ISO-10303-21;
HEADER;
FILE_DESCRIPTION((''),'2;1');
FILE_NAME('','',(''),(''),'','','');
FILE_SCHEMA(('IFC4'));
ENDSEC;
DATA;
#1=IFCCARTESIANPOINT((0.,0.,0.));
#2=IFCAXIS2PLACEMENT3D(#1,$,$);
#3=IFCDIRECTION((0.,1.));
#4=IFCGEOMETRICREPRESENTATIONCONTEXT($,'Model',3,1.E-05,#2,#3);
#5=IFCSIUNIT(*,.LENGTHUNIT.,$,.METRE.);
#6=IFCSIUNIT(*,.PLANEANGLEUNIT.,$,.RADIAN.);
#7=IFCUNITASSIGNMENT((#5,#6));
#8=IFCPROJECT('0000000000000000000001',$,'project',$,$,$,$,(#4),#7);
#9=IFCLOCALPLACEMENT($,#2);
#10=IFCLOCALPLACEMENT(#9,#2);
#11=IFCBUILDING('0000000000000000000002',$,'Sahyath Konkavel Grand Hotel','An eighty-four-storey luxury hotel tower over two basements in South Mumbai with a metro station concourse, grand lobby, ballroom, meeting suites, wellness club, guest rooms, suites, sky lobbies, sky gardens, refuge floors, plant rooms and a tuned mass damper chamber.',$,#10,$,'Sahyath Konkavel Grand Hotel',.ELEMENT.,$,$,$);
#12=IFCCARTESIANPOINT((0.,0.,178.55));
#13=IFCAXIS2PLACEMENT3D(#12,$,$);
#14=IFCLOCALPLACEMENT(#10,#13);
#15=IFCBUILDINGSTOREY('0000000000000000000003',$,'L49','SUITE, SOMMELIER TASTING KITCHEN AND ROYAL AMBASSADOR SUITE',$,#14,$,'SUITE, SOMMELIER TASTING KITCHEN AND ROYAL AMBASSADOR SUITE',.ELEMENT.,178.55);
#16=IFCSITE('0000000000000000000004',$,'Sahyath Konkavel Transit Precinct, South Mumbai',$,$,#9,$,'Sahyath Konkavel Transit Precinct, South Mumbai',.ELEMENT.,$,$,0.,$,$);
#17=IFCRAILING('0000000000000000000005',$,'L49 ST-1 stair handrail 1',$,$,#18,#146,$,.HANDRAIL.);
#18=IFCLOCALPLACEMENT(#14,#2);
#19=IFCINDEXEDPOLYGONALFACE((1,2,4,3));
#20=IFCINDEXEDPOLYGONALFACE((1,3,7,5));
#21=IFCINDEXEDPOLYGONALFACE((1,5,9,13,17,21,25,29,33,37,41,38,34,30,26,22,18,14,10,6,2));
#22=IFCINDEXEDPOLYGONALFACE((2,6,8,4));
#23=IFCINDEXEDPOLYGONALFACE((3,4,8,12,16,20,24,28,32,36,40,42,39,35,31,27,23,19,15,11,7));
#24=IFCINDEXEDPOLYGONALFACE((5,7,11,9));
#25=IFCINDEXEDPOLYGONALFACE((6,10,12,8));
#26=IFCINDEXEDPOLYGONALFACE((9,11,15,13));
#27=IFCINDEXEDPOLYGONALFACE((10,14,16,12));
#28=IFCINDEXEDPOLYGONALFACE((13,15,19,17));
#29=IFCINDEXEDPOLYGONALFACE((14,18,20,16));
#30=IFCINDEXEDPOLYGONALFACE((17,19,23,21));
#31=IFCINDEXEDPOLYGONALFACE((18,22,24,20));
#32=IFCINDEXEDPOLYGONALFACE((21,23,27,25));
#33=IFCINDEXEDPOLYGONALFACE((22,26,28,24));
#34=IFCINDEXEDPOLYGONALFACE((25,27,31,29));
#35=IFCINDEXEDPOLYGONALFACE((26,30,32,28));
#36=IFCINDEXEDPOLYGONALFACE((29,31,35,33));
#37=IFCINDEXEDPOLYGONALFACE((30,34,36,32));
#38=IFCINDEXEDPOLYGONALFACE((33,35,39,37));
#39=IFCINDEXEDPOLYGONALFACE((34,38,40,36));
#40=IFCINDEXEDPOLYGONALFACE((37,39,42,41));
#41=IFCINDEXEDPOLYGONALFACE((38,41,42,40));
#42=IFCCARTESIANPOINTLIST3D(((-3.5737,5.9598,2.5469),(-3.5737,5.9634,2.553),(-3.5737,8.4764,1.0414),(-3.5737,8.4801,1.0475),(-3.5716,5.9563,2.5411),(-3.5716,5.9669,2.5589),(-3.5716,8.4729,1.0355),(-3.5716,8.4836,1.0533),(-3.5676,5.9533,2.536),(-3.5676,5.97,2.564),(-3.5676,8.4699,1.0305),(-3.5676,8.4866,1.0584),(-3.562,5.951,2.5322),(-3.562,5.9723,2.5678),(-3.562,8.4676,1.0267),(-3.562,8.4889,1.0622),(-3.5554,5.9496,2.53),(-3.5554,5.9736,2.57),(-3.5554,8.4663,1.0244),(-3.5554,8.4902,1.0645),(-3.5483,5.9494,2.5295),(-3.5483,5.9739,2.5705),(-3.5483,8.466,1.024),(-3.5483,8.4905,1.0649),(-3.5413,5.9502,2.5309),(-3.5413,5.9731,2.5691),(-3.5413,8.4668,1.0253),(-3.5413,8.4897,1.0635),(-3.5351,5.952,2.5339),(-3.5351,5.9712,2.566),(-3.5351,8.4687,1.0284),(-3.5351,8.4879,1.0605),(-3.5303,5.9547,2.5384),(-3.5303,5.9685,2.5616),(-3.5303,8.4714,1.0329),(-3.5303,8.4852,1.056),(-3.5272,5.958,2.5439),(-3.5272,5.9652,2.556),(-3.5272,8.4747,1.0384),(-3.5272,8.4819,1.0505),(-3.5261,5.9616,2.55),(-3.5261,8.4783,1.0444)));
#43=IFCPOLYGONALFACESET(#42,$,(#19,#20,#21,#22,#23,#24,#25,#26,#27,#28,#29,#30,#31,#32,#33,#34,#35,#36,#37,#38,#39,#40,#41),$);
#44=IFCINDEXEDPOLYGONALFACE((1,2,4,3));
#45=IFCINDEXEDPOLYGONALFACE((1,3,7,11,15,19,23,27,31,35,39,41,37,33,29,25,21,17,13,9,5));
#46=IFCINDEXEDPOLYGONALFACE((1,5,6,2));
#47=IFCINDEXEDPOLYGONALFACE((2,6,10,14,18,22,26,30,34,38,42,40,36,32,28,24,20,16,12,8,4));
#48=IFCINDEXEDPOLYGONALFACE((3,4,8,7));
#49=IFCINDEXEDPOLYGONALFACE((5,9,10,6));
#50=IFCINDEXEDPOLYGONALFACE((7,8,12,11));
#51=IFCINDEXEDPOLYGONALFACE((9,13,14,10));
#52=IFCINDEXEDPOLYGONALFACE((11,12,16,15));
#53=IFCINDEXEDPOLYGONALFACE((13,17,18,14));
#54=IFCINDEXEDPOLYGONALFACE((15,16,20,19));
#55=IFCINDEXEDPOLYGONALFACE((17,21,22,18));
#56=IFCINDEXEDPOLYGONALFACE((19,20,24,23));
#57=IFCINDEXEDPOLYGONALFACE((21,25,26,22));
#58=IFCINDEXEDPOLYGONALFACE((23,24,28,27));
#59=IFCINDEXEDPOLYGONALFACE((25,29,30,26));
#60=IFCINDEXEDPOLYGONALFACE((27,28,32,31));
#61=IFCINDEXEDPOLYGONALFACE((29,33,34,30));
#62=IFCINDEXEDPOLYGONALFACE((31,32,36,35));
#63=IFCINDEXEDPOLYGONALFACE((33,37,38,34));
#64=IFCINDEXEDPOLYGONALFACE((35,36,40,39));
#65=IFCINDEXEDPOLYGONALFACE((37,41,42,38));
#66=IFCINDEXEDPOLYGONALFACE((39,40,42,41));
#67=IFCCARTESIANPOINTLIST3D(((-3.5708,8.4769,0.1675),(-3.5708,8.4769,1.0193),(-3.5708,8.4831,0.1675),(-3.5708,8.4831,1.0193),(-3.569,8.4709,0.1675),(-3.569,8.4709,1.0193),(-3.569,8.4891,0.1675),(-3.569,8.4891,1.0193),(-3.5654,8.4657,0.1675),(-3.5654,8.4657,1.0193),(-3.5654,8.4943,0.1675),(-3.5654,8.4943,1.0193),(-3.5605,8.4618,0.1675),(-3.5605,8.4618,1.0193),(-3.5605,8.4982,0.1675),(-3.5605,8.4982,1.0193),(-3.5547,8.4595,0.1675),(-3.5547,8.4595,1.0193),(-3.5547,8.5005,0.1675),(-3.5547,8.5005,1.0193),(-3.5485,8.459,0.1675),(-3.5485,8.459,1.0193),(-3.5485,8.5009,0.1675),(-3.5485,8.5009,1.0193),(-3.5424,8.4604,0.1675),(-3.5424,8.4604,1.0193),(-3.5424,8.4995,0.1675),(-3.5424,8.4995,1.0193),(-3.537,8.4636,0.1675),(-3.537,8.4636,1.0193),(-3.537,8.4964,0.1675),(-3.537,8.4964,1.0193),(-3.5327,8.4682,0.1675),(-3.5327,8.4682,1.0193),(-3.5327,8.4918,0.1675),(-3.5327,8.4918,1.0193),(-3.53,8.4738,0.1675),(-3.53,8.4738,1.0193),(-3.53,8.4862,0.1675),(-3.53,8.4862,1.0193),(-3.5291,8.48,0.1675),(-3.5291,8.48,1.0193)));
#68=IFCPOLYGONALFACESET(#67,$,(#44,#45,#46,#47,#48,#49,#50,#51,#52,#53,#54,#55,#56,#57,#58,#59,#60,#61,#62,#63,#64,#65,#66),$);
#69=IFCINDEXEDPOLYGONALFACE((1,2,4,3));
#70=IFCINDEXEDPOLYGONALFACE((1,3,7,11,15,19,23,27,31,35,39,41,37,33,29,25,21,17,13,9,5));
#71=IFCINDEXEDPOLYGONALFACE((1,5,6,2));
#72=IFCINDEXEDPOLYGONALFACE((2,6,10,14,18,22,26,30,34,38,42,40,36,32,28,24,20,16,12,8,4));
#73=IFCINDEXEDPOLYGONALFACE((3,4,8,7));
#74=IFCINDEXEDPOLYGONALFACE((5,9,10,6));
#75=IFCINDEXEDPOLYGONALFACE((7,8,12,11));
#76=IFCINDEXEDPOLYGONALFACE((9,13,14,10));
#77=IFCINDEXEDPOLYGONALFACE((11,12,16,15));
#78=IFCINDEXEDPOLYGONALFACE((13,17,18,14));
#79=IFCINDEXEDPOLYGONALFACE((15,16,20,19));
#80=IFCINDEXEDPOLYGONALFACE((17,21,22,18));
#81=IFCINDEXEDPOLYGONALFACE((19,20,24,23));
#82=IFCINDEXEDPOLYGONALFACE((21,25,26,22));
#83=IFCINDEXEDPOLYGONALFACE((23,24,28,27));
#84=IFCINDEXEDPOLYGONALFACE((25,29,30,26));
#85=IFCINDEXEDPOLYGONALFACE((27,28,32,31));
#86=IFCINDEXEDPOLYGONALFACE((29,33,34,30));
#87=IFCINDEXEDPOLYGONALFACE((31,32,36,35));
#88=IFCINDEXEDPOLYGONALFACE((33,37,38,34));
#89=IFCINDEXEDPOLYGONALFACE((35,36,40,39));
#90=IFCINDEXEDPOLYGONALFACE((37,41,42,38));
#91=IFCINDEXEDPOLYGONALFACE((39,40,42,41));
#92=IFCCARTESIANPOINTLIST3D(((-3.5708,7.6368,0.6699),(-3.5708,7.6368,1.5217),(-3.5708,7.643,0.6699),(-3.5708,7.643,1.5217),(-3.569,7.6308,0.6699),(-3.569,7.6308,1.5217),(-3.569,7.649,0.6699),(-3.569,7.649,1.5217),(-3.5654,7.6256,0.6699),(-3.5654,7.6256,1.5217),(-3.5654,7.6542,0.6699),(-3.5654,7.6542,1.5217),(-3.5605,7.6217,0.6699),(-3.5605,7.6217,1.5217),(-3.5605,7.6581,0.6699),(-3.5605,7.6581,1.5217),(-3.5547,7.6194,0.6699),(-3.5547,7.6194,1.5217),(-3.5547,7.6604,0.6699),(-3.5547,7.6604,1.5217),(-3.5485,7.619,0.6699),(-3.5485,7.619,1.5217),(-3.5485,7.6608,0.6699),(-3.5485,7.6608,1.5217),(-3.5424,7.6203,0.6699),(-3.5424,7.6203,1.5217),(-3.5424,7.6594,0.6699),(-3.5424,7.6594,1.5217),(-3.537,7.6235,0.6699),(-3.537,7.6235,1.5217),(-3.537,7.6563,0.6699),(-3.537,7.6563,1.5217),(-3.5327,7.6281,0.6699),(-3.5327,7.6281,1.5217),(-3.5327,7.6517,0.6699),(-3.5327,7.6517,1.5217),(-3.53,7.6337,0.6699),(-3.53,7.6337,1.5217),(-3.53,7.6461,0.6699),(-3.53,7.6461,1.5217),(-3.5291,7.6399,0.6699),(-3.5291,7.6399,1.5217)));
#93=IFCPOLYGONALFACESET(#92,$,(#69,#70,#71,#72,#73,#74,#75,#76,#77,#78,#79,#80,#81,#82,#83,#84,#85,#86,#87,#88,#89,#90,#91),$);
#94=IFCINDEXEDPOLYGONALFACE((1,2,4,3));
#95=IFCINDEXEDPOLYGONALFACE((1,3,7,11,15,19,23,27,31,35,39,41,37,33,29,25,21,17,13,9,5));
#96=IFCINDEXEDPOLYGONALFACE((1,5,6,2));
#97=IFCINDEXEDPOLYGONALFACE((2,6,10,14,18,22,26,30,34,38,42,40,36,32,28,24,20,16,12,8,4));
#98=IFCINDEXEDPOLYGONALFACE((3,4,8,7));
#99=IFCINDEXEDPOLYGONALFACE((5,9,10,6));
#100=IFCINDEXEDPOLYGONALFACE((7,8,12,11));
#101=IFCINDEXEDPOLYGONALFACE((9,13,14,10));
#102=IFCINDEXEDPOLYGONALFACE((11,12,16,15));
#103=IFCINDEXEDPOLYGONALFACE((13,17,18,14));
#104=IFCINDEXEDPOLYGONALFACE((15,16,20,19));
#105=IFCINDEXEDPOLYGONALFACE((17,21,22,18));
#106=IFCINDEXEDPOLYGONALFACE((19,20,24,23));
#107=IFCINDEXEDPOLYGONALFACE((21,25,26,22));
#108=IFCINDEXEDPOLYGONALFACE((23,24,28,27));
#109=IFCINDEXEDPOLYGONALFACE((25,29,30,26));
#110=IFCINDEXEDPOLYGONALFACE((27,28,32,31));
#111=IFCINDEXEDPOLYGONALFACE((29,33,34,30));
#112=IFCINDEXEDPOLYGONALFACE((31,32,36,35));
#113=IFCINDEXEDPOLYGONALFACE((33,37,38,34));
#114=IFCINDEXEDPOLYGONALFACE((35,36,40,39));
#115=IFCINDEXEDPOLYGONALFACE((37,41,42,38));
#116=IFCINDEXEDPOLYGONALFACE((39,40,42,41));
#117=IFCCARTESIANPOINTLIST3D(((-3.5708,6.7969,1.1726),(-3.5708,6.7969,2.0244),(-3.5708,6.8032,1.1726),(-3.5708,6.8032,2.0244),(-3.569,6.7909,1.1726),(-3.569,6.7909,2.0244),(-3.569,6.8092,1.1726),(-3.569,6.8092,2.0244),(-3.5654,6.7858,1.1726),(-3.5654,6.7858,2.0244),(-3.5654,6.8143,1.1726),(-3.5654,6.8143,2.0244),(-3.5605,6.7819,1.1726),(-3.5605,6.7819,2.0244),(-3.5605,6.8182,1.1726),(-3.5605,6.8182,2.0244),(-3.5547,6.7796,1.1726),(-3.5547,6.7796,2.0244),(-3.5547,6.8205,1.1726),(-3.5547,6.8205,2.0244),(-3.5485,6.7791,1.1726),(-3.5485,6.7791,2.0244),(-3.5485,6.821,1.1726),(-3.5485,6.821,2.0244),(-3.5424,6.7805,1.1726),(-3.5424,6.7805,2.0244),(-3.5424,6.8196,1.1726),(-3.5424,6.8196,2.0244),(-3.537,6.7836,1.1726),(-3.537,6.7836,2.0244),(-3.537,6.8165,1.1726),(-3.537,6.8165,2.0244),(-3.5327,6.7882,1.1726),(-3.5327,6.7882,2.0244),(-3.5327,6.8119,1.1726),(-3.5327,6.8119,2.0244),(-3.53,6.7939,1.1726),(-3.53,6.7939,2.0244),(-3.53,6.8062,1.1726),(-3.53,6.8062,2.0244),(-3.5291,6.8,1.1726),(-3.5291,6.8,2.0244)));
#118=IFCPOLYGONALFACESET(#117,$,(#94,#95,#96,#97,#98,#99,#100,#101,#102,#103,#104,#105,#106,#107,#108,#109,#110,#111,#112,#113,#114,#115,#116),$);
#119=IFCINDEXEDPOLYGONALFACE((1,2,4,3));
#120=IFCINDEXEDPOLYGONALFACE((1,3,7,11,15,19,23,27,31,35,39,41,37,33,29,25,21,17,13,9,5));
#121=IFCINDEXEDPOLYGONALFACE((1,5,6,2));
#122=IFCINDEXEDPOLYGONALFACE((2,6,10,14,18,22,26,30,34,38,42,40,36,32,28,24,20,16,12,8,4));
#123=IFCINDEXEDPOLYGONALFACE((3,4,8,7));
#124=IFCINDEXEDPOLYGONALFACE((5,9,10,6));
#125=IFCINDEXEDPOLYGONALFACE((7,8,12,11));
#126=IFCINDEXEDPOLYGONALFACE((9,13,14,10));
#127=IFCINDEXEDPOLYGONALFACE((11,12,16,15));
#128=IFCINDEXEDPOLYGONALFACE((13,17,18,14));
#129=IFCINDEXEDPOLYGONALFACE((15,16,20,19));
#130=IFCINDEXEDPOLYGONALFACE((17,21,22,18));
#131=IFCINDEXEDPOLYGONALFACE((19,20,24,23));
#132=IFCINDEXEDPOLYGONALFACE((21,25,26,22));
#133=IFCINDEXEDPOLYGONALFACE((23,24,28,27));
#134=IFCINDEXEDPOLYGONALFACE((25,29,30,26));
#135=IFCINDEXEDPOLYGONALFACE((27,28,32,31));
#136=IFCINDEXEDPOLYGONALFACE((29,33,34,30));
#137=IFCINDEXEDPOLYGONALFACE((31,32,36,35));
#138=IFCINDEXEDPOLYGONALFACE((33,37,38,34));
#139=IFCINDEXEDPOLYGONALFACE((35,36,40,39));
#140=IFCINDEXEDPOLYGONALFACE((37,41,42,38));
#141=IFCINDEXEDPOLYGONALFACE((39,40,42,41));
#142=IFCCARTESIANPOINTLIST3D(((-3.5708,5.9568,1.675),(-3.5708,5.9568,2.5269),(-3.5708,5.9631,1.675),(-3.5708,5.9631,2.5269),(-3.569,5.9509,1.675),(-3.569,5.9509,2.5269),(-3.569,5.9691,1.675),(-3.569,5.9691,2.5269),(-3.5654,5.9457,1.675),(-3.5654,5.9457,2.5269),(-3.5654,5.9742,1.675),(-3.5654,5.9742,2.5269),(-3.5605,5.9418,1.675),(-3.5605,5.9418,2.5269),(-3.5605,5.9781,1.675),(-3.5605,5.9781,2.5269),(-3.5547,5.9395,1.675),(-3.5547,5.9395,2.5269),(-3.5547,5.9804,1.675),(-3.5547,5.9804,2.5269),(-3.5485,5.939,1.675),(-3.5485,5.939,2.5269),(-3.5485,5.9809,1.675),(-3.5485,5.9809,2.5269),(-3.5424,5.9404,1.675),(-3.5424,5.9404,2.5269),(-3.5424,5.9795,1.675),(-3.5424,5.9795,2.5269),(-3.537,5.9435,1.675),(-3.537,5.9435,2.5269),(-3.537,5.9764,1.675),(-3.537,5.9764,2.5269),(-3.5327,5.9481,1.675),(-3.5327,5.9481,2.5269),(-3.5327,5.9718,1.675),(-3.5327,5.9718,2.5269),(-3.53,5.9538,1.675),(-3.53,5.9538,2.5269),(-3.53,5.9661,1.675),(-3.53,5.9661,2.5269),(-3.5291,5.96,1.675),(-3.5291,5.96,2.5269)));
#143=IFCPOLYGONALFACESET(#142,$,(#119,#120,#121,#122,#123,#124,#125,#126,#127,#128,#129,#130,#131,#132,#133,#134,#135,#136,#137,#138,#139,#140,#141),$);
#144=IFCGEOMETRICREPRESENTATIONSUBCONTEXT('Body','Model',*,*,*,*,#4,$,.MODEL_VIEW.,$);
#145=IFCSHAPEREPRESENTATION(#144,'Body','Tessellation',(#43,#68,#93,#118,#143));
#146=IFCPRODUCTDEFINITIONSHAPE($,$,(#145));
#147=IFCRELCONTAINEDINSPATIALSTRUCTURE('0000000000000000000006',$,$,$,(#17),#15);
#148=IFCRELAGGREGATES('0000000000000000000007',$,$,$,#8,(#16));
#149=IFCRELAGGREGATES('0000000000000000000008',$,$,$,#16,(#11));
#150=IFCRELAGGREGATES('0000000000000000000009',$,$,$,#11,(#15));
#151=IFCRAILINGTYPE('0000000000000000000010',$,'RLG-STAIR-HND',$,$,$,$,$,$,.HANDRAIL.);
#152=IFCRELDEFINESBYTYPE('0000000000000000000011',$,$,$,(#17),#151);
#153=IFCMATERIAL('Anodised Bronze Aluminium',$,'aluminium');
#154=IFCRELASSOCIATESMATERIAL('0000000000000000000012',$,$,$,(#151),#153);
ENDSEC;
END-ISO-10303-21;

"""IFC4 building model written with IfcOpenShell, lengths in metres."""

from ifc_helpers import new_model, si_unit, direction, frame, origin, origin_2d, place, context, subcontext, project, spatial, circle, extrude, material, type_object, element, save


model = new_model("IFC4")

# Units and contexts
model_context = context("Model", 3, precision=1e-05, world=origin(), true_north=direction((0.0, 1.0)))
body_context = subcontext(model_context, "Body", "Model", "MODEL_VIEW")
ifc_project = project(units=[si_unit("LENGTHUNIT", "METRE"), si_unit("PLANEANGLEUNIT", "RADIAN")], contexts=[model_context])

# Site, building, storey
site_placement = place(None, origin())
site = spatial("IfcSite", under=ifc_project, at=site_placement, Name="Sahyath Konkavel Transit Precinct, South Mumbai", LongName="Sahyath Konkavel Transit Precinct, South Mumbai", CompositionType="ELEMENT", RefElevation=0.0)
building_placement = place(site_placement, origin())
building = spatial("IfcBuilding", under=site, at=building_placement, Name="Sahyath Konkavel Grand Hotel", Description="An eighty-four-storey luxury hotel tower over two basements in South Mumbai with a metro station concourse, grand lobby, ballroom, meeting suites, wellness club, guest rooms, suites, sky lobbies, sky gardens, refuge floors, plant rooms and a tuned mass damper chamber.", LongName="Sahyath Konkavel Grand Hotel", CompositionType="ELEMENT")
storey_placement = place(building_placement, frame((0.0, 0.0, 178.55)))
storey = spatial("IfcBuildingStorey", under=building, at=storey_placement, Name="L49", Description="SUITE, SOMMELIER TASTING KITCHEN AND ROYAL AMBASSADOR SUITE", LongName="SUITE, SOMMELIER TASTING KITCHEN AND ROYAL AMBASSADOR SUITE", CompositionType="ELEMENT", Elevation=178.55)

# Shared definitions
ifc_material_1 = material(Name="Anodised Bronze Aluminium", Category="aluminium")

# Railing
railing_type_1 = type_object("IfcRailingType", Name="RLG-STAIR-HND", PredefinedType="HANDRAIL", material=ifc_material_1)
railing_1_placement = place(storey_placement, frame((-3.55, 8.48, 0.1675)))
element("IfcRailing", 1, at=railing_1_placement, inside=storey, type_object=railing_type_1, Name="L49 ST-1 stair handrail 1", PredefinedType="HANDRAIL", context=body_context, shape_type="SweptSolid", body=[
    extrude(circle(Radius=0.0239, at=origin_2d()), frame((0.0, -0.0017, 0.877), z_axis=(0.0, -0.85816, 0.513383), x_axis=(1.0, 0.0, 0.0)), (0.0, 0.0, 1.0), 2.9326),
    extrude(circle(Radius=0.021, at=origin_2d()), origin(), (0.0, 0.0, 1.0), 0.8518),
    extrude(circle(Radius=0.021, at=origin_2d()), frame((0.0, -0.8401, 0.5024)), (0.0, 0.0, 1.0), 0.8518),
    extrude(circle(Radius=0.021, at=origin_2d()), frame((0.0, -1.6799, 1.0051)), (0.0, 0.0, 1.0), 0.8518),
    extrude(circle(Radius=0.021, at=origin_2d()), frame((0.0, -2.52, 1.5076)), (0.0, 0.0, 1.0), 0.8518),
])

save(model, "model.ifc")
